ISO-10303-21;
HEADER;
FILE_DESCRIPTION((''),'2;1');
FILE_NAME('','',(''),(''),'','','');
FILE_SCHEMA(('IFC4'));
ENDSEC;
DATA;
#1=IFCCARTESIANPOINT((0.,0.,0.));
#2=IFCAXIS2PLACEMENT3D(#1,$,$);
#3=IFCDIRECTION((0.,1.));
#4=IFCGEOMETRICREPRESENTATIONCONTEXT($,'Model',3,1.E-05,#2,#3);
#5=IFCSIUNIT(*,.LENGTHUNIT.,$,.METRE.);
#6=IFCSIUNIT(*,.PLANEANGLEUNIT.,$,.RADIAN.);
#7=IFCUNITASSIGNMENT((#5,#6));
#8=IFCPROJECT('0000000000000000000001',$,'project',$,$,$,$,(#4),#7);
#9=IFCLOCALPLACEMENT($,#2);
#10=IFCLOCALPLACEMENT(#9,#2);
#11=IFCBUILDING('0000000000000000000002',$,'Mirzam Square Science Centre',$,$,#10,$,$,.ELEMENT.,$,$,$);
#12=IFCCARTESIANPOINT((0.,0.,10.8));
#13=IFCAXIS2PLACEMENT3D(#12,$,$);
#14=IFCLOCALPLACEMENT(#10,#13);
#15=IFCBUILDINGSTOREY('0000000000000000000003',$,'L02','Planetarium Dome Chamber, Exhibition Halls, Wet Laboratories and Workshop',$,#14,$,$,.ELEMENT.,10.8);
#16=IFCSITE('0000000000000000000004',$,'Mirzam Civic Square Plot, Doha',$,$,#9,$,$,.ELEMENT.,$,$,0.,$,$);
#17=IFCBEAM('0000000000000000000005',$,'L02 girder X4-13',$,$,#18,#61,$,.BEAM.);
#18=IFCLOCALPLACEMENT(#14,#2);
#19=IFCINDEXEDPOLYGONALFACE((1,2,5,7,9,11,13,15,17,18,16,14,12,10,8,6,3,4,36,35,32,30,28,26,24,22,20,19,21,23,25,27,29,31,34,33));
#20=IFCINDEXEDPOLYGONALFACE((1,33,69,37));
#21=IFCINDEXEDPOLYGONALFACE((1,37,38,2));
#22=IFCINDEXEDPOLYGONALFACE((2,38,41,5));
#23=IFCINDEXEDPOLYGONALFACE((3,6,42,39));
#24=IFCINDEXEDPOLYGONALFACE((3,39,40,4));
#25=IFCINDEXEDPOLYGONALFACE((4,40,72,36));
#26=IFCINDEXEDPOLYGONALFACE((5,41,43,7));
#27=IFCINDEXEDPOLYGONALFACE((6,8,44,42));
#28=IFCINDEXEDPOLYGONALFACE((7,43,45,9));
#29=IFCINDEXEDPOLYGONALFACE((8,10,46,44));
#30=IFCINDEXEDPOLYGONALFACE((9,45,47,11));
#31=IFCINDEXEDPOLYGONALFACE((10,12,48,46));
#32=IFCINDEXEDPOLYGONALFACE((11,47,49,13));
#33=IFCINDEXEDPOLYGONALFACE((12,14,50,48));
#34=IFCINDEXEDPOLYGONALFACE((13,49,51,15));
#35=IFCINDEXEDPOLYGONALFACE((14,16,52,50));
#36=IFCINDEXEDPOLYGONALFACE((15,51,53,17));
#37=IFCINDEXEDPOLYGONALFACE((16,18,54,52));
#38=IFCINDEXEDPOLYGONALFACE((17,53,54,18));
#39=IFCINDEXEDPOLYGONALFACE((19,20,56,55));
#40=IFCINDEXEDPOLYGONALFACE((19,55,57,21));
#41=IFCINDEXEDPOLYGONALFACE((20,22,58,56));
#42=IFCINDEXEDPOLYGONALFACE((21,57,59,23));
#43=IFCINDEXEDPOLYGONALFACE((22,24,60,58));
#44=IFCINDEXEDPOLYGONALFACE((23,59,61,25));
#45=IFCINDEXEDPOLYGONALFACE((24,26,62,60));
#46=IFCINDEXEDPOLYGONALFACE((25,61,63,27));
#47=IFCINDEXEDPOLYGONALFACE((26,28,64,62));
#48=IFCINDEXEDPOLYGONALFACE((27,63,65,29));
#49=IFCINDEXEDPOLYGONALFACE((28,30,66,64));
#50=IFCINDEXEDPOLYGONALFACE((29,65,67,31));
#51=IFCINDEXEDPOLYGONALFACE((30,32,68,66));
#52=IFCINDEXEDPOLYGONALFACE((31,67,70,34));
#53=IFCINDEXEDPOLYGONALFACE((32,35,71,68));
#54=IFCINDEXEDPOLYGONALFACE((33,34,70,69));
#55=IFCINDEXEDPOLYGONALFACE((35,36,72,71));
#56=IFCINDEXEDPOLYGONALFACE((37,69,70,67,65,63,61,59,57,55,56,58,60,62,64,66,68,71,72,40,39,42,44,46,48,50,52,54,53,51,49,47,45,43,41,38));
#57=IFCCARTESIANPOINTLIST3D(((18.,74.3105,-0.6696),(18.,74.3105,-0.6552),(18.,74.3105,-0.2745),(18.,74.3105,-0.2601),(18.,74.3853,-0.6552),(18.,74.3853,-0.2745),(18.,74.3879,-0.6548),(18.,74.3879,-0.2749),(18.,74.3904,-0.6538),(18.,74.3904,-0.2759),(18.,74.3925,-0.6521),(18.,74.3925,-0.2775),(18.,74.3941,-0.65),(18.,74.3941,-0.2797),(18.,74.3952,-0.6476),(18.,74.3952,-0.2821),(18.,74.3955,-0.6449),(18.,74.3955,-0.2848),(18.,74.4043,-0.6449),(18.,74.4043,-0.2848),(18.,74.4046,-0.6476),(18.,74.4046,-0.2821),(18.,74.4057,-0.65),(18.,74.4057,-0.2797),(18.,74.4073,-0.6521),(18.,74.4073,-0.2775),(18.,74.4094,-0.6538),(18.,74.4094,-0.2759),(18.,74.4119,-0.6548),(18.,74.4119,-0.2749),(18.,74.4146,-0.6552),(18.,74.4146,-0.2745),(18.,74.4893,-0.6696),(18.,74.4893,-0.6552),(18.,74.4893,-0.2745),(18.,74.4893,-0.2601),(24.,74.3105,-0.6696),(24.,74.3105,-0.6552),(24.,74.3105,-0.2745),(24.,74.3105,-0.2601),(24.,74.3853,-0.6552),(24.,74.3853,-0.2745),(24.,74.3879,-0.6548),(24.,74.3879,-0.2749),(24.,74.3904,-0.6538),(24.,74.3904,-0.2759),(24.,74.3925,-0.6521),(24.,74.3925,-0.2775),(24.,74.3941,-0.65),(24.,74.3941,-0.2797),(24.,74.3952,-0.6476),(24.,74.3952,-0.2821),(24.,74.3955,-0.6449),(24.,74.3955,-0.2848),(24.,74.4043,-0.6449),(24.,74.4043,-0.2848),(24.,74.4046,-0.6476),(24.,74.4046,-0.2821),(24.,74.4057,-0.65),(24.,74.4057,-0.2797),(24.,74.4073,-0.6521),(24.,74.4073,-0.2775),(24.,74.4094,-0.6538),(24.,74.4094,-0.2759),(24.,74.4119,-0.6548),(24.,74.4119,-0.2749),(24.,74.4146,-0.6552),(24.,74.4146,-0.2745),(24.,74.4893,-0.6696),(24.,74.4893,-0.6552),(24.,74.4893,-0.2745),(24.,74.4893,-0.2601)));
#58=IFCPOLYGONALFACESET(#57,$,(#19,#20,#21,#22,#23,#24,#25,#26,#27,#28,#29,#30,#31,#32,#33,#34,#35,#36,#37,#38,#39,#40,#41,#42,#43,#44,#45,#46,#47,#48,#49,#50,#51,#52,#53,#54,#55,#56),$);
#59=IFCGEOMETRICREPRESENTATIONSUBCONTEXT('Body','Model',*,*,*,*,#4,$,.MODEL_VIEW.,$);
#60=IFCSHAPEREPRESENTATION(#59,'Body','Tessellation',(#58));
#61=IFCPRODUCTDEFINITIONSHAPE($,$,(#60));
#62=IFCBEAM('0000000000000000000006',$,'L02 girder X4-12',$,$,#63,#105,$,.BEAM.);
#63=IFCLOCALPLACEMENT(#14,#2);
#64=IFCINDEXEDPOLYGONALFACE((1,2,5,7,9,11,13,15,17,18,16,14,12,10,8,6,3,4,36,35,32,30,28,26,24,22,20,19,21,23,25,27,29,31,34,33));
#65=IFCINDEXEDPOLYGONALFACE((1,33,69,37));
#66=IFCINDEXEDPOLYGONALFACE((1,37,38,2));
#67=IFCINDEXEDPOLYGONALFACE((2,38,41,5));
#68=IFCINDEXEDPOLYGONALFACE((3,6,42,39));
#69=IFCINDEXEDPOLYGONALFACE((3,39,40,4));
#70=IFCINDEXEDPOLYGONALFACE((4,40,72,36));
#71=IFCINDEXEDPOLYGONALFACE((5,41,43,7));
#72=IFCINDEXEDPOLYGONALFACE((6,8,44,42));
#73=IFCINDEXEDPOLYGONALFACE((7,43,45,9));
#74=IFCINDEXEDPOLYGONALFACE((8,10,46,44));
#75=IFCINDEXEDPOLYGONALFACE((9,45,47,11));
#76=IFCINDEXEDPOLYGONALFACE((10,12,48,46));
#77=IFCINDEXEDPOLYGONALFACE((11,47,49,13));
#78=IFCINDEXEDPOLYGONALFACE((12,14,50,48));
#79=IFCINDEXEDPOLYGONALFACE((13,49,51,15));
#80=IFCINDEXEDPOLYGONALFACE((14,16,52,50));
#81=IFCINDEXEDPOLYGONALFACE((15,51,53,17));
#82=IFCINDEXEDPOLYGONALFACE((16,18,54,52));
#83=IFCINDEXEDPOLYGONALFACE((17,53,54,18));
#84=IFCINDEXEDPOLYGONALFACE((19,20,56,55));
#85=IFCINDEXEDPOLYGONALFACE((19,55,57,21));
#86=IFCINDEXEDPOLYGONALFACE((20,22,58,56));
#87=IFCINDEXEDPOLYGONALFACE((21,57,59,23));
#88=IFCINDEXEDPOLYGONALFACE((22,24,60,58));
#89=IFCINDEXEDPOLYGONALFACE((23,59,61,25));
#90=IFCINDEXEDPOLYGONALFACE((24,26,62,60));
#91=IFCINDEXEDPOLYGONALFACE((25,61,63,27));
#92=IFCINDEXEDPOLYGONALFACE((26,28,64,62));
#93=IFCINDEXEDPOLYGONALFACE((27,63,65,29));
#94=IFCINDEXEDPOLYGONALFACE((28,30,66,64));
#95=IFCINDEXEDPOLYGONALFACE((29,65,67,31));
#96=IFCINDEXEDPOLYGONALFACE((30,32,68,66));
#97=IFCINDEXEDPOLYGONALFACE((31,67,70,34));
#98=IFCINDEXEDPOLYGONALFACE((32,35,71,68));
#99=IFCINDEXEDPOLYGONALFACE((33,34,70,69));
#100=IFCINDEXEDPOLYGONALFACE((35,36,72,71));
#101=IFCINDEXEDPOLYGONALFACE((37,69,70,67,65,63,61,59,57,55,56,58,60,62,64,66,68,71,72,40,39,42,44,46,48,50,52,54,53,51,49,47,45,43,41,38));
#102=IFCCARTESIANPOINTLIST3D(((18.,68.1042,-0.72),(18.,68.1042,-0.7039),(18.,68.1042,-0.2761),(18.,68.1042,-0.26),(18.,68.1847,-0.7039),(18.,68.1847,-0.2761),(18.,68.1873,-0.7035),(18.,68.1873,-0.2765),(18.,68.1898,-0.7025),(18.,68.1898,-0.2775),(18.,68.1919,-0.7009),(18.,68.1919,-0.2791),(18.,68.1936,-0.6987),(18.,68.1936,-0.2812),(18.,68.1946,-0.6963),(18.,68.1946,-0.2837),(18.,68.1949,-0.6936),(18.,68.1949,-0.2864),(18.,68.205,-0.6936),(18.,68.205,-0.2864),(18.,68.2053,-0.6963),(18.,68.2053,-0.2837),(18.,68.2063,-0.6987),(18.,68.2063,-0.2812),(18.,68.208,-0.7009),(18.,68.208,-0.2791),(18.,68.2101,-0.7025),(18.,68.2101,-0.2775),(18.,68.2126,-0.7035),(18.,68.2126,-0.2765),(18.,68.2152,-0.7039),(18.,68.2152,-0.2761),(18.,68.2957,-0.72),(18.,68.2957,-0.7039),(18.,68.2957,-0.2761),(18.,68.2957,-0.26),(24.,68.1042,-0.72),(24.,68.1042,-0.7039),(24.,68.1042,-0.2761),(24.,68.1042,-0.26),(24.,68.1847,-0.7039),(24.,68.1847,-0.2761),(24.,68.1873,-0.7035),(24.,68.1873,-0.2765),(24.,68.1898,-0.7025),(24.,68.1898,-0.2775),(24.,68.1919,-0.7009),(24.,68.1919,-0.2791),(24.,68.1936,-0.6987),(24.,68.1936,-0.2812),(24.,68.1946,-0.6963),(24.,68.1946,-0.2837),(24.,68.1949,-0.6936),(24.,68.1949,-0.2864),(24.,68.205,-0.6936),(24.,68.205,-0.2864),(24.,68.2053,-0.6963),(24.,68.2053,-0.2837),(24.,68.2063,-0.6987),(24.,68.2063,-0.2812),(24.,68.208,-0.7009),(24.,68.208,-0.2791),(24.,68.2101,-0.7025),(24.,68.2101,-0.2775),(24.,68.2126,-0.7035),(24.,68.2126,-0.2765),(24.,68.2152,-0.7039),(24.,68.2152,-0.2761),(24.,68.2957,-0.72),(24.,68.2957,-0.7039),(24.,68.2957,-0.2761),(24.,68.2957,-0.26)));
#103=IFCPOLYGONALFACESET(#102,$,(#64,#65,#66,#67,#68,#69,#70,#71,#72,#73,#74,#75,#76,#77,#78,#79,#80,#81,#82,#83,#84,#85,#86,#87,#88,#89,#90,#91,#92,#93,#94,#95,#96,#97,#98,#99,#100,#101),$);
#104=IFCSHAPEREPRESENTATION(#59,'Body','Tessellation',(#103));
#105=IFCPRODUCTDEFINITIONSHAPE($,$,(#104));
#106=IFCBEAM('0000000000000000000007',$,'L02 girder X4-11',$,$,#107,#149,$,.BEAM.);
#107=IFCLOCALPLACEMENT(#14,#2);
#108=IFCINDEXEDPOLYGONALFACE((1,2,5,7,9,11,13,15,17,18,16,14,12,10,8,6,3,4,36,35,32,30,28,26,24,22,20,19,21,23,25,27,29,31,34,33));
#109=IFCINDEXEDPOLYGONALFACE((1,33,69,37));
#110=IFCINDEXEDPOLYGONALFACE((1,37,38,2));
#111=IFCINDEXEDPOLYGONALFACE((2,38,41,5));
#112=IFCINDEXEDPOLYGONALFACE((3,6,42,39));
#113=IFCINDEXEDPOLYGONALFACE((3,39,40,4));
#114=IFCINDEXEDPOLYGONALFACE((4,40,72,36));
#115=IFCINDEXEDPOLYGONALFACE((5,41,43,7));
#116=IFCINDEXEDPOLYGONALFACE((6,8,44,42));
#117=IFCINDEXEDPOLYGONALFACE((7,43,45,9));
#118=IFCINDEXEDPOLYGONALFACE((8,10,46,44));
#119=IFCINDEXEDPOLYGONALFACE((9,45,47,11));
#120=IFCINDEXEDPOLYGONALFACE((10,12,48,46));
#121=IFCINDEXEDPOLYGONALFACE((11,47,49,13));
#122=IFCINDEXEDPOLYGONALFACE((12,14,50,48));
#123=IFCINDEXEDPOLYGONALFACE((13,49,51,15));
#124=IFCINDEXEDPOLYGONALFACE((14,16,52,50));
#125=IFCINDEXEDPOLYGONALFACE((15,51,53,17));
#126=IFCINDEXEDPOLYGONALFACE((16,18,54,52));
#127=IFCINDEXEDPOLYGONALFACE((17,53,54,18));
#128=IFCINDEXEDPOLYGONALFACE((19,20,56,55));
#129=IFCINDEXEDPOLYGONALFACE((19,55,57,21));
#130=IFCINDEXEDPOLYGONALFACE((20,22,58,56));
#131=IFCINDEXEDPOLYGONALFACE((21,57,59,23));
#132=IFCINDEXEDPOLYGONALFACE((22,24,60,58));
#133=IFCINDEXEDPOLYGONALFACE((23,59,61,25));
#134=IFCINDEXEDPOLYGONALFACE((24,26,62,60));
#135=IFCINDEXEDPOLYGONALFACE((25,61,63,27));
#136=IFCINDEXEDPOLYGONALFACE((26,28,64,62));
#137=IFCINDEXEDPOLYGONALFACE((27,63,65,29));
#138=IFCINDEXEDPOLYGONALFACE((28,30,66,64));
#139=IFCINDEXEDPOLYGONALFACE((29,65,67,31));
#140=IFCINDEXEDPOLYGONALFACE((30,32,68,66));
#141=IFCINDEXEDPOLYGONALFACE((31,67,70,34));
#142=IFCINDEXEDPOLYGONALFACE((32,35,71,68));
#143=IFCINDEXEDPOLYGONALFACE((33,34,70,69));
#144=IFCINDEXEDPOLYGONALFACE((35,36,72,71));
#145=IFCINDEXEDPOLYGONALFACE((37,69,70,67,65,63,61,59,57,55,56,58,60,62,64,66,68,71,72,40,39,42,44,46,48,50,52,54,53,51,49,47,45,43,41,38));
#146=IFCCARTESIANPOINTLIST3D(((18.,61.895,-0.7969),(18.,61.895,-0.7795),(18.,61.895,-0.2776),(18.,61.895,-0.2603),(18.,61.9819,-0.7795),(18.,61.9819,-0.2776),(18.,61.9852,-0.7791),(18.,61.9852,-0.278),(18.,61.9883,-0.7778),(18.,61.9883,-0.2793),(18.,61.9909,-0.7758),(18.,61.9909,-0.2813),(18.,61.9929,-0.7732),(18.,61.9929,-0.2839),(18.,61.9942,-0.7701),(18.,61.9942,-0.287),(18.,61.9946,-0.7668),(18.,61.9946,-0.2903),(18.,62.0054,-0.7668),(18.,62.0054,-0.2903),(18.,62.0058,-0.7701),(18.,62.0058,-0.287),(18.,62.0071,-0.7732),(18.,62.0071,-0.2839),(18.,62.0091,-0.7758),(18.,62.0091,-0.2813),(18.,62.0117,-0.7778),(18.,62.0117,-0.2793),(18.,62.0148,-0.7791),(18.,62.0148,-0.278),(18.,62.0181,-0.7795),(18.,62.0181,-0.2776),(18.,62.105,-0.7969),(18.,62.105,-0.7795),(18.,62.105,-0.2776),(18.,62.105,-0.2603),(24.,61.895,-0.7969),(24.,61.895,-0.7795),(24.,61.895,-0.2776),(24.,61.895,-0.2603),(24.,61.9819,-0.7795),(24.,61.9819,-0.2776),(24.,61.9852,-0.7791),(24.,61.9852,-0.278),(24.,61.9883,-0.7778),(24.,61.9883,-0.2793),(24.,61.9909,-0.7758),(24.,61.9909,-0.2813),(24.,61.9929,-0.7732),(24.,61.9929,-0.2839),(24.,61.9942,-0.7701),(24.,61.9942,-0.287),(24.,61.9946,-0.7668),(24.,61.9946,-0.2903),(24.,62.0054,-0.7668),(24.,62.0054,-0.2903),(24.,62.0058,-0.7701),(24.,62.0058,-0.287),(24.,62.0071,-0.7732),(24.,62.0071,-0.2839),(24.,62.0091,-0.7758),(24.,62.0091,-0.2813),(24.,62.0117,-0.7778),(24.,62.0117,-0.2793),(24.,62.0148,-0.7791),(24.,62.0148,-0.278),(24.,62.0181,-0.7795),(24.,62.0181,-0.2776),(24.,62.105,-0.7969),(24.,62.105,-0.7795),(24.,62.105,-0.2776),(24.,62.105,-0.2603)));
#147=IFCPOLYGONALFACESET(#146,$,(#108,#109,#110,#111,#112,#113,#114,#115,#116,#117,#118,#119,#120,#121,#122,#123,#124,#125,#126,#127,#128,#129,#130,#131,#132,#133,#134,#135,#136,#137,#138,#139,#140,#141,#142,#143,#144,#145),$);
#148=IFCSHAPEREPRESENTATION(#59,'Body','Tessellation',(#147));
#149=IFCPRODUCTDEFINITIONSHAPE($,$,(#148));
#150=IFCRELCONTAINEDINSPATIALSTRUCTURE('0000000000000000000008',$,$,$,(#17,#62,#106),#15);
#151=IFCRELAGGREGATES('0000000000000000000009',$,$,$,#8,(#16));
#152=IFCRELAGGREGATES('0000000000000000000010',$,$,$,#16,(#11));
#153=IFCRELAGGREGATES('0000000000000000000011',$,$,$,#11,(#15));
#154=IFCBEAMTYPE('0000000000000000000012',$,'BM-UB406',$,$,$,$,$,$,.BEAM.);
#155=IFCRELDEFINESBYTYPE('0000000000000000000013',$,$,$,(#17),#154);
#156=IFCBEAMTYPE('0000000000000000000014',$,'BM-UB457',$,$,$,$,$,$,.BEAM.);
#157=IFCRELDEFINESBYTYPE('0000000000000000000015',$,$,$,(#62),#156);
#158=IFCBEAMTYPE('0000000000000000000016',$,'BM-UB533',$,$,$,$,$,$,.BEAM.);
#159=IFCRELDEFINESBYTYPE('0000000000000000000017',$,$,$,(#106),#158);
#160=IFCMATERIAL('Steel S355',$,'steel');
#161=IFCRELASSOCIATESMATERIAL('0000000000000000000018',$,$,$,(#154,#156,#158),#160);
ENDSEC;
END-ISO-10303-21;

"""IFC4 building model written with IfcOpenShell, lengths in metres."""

from ifc_helpers import new_model, si_unit, direction, frame, origin, origin_2d, place, context, subcontext, project, spatial, i_section, extrude, material, material_profile, profile_set, type_object, element, save


model = new_model("IFC4")

# Units and contexts
model_context = context("Model", 3, precision=1e-05, world=origin(), true_north=direction((0.0, 1.0)))
body_context = subcontext(model_context, "Body", "Model", "MODEL_VIEW")
ifc_project = project(units=[si_unit("LENGTHUNIT", "METRE"), si_unit("PLANEANGLEUNIT", "RADIAN")], contexts=[model_context])

# Site, building, storey
site_placement = place(None, origin())
site = spatial("IfcSite", under=ifc_project, at=site_placement, Name="Mirzam Civic Square Plot, Doha", CompositionType="ELEMENT", RefElevation=0.0)
building_placement = place(site_placement, origin())
building = spatial("IfcBuilding", under=site, at=building_placement, Name="Mirzam Square Science Centre", CompositionType="ELEMENT")
storey_placement = place(building_placement, frame((0.0, 0.0, 10.8)))
storey = spatial("IfcBuildingStorey", under=building, at=storey_placement, Name="L02", Description="Planetarium Dome Chamber, Exhibition Halls, Wet Laboratories and Workshop", CompositionType="ELEMENT", Elevation=10.8)

# Shared definitions
ifc_material_1 = material(Name="Steel S355", Category="steel")

# Beams
ifc_material_profile_1 = material_profile(ifc_material_1, i_section(OverallWidth=0.1787, OverallDepth=0.4094, WebThickness=0.0088, FlangeThickness=0.0144, FilletRadius=0.0103, at=origin_2d()), Name="406x178x67UB")
ifc_profile_set_1 = profile_set([ifc_material_profile_1], Name="Steel S355")
beam_type_1 = type_object("IfcBeamType", Name="BM-UB406", PredefinedType="BEAM", material=ifc_profile_set_1)
beam_1_placement = place(storey_placement, frame((18.0, 74.3999, -0.4648), z_axis=(1.0, 0.0, 0.0), x_axis=(0.0, 1.0, 0.0)))
element("IfcBeam", 1, at=beam_1_placement, inside=storey, type_object=beam_type_1, Name="L02 girder X4-13", PredefinedType="BEAM", context=body_context, shape_type="SweptSolid", body=[
    extrude(i_section(OverallWidth=0.1787, OverallDepth=0.4094, WebThickness=0.0088, FlangeThickness=0.0144, FilletRadius=0.0103, at=origin_2d()), origin(), (0.0, 0.0, 1.0), 6.0),
])
ifc_material_profile_2 = material_profile(ifc_material_1, i_section(OverallWidth=0.1914, OverallDepth=0.46, WebThickness=0.01, FlangeThickness=0.0161, FilletRadius=0.0103, at=origin_2d()), Name="457x191x82UB")
ifc_profile_set_2 = profile_set([ifc_material_profile_2], Name="Steel S355")
beam_type_2 = type_object("IfcBeamType", Name="BM-UB457", PredefinedType="BEAM", material=ifc_profile_set_2)
beam_2_placement = place(storey_placement, frame((18.0, 68.2, -0.49), z_axis=(1.0, 0.0, 0.0), x_axis=(0.0, 1.0, 0.0)))
element("IfcBeam", 2, at=beam_2_placement, inside=storey, type_object=beam_type_2, Name="L02 girder X4-12", PredefinedType="BEAM", context=body_context, shape_type="SweptSolid", body=[
    extrude(i_section(OverallWidth=0.1914, OverallDepth=0.46, WebThickness=0.01, FlangeThickness=0.0161, FilletRadius=0.0103, at=origin_2d()), origin(), (0.0, 0.0, 1.0), 6.0),
])
ifc_material_profile_3 = material_profile(ifc_material_1, i_section(OverallWidth=0.21, OverallDepth=0.5366, WebThickness=0.0107, FlangeThickness=0.0173, FilletRadius=0.0127, at=origin_2d()), Name="533x210x101UB")
ifc_profile_set_3 = profile_set([ifc_material_profile_3], Name="Steel S355")
beam_type_3 = type_object("IfcBeamType", Name="BM-UB533", PredefinedType="BEAM", material=ifc_profile_set_3)
beam_3_placement = place(storey_placement, frame((18.0, 62.0, -0.5286), z_axis=(1.0, 0.0, 0.0), x_axis=(0.0, 1.0, 0.0)))
element("IfcBeam", 3, at=beam_3_placement, inside=storey, type_object=beam_type_3, Name="L02 girder X4-11", PredefinedType="BEAM", context=body_context, shape_type="SweptSolid", body=[
    extrude(i_section(OverallWidth=0.21, OverallDepth=0.5366, WebThickness=0.0107, FlangeThickness=0.0173, FilletRadius=0.0127, at=origin_2d()), origin(), (0.0, 0.0, 1.0), 6.0),
])

save(model, "model.ifc")
